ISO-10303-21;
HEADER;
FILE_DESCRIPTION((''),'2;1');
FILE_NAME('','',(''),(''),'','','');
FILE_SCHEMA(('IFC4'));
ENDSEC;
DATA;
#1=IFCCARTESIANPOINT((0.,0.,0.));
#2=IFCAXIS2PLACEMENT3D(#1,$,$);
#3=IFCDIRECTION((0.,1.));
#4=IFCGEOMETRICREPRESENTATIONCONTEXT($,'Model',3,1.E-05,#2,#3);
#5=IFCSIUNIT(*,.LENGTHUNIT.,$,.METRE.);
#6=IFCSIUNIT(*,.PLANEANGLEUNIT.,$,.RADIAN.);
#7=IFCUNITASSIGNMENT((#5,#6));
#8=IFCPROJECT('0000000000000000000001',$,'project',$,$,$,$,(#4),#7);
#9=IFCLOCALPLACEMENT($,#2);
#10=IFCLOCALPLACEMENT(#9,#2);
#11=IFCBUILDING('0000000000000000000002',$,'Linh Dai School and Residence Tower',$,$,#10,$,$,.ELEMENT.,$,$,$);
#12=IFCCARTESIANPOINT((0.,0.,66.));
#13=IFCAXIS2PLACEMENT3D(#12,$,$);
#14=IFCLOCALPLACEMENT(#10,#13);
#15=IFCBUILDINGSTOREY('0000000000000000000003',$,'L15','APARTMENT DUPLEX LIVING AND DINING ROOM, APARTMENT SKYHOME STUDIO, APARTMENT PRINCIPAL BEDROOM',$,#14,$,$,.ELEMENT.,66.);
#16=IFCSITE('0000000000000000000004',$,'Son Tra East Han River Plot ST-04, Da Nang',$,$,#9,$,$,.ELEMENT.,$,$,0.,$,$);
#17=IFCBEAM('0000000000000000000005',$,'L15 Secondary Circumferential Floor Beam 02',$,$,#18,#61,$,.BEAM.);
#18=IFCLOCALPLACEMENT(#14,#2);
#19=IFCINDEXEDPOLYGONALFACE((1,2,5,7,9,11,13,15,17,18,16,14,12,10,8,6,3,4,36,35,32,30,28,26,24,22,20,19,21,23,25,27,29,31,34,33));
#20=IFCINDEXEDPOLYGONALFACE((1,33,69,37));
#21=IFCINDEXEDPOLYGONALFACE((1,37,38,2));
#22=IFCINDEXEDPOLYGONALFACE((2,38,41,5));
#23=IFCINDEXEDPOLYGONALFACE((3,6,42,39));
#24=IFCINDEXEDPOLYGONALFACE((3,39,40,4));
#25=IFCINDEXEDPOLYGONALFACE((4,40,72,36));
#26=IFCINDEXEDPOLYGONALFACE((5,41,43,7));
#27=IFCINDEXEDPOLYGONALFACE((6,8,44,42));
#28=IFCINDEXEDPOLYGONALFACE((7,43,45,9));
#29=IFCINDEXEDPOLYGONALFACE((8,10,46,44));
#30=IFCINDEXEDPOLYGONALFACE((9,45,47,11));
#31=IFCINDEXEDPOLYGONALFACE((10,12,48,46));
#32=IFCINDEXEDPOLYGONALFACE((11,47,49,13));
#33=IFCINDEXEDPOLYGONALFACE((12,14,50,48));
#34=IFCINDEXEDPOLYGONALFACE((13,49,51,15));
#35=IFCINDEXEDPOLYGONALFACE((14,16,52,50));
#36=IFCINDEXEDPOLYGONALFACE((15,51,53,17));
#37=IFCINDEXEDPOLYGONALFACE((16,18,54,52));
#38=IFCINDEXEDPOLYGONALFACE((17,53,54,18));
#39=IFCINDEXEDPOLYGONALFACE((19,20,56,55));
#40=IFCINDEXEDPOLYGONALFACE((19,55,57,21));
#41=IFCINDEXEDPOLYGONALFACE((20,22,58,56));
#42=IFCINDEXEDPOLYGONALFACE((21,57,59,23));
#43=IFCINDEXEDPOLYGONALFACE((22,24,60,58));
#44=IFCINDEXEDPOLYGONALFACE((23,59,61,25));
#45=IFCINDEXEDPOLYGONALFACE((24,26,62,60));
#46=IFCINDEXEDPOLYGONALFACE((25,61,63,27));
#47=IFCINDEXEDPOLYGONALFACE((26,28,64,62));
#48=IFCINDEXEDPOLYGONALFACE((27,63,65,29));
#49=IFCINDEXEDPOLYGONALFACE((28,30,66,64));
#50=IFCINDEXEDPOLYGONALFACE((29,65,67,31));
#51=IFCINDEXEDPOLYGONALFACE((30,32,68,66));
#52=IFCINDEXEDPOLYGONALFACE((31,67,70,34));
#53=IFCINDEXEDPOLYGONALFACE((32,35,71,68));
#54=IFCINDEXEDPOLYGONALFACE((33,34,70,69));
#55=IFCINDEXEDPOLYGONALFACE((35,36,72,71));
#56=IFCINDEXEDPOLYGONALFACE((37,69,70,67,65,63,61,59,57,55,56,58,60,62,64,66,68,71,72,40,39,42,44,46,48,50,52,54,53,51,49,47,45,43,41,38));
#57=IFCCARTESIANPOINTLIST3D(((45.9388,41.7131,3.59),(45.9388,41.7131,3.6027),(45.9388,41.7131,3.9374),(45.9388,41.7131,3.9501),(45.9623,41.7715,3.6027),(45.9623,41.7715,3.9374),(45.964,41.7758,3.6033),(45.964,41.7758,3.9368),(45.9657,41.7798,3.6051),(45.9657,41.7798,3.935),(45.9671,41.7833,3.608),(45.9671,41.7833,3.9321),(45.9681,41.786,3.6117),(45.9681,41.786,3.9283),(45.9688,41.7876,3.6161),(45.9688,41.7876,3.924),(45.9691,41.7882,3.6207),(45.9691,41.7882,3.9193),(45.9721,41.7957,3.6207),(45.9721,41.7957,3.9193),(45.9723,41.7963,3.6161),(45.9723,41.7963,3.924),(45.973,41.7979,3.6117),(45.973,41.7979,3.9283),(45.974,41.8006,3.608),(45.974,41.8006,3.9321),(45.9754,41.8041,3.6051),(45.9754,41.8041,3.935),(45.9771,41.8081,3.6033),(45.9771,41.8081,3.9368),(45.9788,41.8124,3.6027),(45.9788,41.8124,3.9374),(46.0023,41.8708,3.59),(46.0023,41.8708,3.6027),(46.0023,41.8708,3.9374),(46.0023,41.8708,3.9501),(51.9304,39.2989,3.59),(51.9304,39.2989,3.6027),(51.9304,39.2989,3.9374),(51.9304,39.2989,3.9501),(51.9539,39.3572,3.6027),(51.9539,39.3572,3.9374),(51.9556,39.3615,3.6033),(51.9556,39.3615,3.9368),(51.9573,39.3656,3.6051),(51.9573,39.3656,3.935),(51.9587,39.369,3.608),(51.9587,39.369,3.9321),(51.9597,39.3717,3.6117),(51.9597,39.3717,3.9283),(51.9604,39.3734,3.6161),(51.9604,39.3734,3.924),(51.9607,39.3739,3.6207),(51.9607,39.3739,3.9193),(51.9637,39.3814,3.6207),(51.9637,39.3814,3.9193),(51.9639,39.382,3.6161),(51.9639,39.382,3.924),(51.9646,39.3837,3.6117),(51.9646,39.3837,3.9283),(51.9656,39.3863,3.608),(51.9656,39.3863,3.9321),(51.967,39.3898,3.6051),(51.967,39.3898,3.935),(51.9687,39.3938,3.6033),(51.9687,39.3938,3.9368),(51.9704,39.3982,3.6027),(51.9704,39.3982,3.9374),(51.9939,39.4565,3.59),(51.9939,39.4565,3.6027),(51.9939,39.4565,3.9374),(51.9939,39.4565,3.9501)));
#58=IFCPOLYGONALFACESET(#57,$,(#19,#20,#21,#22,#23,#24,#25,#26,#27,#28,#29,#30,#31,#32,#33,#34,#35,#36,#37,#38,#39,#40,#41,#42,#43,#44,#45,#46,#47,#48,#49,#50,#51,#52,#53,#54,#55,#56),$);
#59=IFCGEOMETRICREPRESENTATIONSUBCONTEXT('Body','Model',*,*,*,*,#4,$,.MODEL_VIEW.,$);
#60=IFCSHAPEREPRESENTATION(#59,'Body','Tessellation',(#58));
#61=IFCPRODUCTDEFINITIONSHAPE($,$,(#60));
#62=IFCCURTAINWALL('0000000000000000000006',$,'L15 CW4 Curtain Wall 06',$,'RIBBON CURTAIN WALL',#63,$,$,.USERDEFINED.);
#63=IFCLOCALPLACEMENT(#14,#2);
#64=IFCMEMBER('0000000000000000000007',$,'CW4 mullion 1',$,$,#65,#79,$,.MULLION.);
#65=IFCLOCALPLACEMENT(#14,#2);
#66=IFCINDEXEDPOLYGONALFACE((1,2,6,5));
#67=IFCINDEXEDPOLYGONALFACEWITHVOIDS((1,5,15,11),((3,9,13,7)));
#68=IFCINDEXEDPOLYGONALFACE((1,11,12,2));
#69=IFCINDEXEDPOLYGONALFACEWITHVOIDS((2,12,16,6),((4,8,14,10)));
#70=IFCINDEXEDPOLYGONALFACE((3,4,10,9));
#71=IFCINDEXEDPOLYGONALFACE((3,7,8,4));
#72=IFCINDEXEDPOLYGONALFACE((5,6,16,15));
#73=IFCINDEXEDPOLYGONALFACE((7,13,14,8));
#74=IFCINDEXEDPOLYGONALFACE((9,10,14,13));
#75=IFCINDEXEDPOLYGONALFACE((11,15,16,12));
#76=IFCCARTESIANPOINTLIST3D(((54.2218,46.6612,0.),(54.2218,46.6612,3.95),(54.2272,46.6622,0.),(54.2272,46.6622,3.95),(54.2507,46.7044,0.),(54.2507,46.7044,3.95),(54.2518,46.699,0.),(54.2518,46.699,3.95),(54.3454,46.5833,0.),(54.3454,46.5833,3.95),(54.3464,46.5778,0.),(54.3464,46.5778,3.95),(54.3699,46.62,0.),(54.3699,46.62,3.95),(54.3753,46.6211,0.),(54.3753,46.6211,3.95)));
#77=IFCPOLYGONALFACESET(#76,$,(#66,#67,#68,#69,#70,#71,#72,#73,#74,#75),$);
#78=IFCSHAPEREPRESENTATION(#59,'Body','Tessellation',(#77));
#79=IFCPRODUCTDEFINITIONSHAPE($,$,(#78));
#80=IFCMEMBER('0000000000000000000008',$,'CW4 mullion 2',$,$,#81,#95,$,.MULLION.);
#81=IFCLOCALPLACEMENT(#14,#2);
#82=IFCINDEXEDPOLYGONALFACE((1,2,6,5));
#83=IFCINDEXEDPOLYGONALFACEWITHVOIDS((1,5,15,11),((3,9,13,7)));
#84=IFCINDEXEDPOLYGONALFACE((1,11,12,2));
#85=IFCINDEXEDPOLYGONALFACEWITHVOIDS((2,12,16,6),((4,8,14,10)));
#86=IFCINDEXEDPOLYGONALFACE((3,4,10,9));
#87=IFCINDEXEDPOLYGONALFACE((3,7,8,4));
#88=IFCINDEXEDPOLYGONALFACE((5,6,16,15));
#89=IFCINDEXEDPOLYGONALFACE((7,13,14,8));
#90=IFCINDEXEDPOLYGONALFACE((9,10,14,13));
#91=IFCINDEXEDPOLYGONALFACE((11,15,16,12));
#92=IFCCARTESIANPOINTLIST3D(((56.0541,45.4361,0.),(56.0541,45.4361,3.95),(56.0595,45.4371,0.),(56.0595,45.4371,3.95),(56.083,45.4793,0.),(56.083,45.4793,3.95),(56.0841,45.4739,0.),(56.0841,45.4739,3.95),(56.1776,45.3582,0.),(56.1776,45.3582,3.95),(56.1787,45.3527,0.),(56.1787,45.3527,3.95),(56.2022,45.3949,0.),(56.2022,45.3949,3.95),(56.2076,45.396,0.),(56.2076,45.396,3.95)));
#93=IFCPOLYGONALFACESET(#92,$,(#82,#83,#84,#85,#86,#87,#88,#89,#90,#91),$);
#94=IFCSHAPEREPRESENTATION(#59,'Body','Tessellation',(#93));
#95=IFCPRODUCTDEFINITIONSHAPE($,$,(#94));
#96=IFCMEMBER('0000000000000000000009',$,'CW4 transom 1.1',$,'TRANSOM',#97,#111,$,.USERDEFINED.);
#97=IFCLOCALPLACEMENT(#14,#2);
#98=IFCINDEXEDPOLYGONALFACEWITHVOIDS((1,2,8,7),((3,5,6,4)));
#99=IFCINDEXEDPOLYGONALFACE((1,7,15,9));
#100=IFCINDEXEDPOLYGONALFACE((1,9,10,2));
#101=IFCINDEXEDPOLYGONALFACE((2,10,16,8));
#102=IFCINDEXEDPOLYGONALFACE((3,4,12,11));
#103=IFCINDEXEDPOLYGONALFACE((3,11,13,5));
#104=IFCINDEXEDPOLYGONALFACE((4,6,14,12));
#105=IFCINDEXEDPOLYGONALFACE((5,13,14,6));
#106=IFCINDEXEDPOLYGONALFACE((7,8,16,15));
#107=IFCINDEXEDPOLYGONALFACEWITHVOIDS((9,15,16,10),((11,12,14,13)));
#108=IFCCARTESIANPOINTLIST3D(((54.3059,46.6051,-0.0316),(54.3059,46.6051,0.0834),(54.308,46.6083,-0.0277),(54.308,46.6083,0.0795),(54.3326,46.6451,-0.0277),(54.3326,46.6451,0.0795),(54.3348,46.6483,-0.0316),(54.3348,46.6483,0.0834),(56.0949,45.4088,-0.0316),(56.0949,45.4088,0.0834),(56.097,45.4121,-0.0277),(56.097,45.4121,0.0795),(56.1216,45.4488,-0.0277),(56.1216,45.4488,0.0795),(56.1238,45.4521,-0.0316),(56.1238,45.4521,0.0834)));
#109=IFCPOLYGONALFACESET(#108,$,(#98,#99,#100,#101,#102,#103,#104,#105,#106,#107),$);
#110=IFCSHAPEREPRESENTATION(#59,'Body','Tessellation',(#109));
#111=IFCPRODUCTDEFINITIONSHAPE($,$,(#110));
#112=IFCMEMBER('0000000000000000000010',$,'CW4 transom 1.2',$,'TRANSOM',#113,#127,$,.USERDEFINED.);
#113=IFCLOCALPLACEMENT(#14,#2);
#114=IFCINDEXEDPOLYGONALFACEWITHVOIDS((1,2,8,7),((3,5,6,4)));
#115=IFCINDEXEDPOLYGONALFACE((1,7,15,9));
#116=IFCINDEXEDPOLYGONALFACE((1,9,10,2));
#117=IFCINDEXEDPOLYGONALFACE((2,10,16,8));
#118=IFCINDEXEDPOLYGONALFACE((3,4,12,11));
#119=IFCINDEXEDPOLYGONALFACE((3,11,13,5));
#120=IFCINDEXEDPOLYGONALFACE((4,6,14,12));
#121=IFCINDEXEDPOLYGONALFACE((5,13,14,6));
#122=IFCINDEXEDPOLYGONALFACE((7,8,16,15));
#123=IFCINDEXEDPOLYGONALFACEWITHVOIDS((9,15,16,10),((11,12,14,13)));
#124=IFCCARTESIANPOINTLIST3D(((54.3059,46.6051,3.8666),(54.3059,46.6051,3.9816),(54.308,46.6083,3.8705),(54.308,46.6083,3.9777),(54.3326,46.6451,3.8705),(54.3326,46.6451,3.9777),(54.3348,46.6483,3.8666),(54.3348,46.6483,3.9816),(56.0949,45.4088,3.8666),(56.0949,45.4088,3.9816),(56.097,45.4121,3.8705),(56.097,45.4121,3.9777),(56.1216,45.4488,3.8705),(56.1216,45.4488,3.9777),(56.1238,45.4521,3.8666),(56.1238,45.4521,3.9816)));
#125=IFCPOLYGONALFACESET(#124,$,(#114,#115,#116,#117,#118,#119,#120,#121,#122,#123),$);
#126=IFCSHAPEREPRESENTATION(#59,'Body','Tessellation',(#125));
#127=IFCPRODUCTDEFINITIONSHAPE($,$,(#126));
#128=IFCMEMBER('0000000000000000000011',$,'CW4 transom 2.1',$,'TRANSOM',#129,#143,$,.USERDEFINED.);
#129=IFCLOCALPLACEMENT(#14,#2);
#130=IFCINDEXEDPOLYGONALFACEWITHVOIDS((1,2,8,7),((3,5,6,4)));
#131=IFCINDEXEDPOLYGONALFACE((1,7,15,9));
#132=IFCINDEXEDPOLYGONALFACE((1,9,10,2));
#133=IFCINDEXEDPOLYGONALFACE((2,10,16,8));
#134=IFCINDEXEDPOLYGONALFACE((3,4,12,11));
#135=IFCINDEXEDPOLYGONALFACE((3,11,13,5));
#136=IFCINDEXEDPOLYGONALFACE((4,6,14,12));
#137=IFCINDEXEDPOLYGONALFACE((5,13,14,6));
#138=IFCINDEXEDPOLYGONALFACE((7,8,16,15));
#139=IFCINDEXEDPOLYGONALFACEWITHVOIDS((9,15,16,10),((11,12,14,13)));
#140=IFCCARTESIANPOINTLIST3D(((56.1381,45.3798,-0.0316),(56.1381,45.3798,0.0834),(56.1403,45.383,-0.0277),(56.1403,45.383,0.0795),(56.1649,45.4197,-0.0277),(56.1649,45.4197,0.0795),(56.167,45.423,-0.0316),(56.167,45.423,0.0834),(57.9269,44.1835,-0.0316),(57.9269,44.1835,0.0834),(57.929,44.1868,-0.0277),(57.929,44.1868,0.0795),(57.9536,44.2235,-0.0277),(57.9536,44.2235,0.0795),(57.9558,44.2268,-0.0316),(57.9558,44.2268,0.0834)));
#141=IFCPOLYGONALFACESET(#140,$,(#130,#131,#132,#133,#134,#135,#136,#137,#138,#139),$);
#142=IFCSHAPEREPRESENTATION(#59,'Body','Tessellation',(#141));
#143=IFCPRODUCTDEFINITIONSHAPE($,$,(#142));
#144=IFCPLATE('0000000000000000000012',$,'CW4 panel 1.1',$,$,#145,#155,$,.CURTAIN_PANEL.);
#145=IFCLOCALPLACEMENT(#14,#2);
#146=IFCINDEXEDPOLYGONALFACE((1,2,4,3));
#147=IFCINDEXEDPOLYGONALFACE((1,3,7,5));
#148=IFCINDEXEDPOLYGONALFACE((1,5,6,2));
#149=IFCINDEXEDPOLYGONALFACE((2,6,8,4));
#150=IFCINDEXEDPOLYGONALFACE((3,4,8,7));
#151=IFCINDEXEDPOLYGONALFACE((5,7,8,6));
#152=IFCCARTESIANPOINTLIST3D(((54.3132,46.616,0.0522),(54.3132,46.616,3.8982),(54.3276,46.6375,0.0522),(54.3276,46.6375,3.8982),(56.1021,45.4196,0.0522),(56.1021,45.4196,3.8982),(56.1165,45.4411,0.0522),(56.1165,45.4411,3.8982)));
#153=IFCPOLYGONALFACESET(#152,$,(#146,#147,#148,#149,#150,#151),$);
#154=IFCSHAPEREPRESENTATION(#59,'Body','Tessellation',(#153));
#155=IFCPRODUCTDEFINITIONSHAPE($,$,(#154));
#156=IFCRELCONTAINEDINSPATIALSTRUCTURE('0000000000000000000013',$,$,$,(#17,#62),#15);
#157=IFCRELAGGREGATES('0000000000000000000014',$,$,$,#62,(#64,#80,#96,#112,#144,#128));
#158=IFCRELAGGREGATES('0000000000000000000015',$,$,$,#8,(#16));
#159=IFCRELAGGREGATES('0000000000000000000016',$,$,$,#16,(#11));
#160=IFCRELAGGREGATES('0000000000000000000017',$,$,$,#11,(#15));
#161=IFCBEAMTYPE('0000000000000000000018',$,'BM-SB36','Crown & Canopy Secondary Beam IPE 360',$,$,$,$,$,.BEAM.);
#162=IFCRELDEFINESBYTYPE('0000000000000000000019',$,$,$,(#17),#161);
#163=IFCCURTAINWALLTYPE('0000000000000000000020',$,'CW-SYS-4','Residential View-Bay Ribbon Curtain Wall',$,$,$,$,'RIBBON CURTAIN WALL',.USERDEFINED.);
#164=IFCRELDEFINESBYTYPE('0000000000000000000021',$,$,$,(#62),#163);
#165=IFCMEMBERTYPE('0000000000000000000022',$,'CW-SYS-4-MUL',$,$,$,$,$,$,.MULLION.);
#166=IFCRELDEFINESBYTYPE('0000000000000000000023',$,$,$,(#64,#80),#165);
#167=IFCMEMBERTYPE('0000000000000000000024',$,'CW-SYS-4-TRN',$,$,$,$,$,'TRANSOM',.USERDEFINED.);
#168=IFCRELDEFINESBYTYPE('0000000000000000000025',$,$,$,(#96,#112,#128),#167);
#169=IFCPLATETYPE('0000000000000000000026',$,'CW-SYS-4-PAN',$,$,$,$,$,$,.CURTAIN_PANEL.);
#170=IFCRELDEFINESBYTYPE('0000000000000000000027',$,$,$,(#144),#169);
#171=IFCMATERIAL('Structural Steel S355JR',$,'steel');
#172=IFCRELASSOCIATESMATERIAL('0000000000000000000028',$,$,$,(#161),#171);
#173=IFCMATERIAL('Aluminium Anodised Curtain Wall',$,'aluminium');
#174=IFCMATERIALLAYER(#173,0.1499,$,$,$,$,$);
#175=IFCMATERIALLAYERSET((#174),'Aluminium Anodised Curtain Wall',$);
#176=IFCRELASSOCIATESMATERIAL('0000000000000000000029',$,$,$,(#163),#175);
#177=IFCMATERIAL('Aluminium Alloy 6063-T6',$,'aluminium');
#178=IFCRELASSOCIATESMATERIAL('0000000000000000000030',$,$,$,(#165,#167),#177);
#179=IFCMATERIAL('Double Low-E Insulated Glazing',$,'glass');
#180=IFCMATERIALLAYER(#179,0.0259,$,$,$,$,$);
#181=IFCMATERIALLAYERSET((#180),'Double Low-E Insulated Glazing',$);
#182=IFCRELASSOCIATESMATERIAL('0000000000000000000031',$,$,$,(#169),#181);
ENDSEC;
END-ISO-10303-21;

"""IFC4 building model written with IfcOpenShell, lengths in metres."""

from ifc_helpers import new_model, si_unit, direction, frame, origin, origin_2d, place, context, subcontext, project, spatial, rectangle, hollow_rectangle, i_section, extrude, source, transform, mapped, material, layer, layer_set, material_profile, profile_set, type_object, element, aggregate, save


model = new_model("IFC4")

# Units and contexts
model_context = context("Model", 3, precision=1e-05, world=origin(), true_north=direction((0.0, 1.0)))
body_context = subcontext(model_context, "Body", "Model", "MODEL_VIEW")
ifc_project = project(units=[si_unit("LENGTHUNIT", "METRE"), si_unit("PLANEANGLEUNIT", "RADIAN")], contexts=[model_context])

# Site, building, storey
site_placement = place(None, origin())
site = spatial("IfcSite", under=ifc_project, at=site_placement, Name="Son Tra East Han River Plot ST-04, Da Nang", CompositionType="ELEMENT", RefElevation=0.0)
building_placement = place(site_placement, origin())
building = spatial("IfcBuilding", under=site, at=building_placement, Name="Linh Dai School and Residence Tower", CompositionType="ELEMENT")
storey_placement = place(building_placement, frame((0.0, 0.0, 66.0)))
storey = spatial("IfcBuildingStorey", under=building, at=storey_placement, Name="L15", Description="APARTMENT DUPLEX LIVING AND DINING ROOM, APARTMENT SKYHOME STUDIO, APARTMENT PRINCIPAL BEDROOM", CompositionType="ELEMENT", Elevation=66.0)

# Shared definitions
ifc_material_1 = material(Name="Structural Steel S355JR", Category="steel")

# Beam
ifc_material_profile_1 = material_profile(ifc_material_1, i_section(OverallWidth=0.1699, OverallDepth=0.3601, WebThickness=0.0081, FlangeThickness=0.0127, FilletRadius=0.0181, at=origin_2d()), Name="IPE 360")
ifc_profile_set_1 = profile_set([ifc_material_profile_1], Name="Structural Steel S355JR")
beam_type_1 = type_object("IfcBeamType", Name="BM-SB36", Description="Crown & Canopy Secondary Beam IPE 360", PredefinedType="BEAM", material=ifc_profile_set_1)
beam_1_placement = place(storey_placement, frame((51.9622, 39.3777, 3.77), z_axis=(-0.927533, 0.373742, 0.0), x_axis=(-0.373742, -0.927533, 0.0)))
element("IfcBeam", 1, at=beam_1_placement, inside=storey, type_object=beam_type_1, Name="L15 Secondary Circumferential Floor Beam 02", PredefinedType="BEAM", context=body_context, shape_type="SweptSolid", body=[
    extrude(i_section(OverallWidth=0.1699, OverallDepth=0.3601, WebThickness=0.0081, FlangeThickness=0.0127, FilletRadius=0.0181, at=origin_2d()), origin(), (0.0, 0.0, 1.0), 6.4597),
])

# Curtain wall, members, plate
ifc_material_2 = material(Name="Aluminium Anodised Curtain Wall", Category="aluminium")
ifc_layer_1 = layer(ifc_material_2, 0.1499)
ifc_layer_set_1 = layer_set([ifc_layer_1], Name="Aluminium Anodised Curtain Wall")
curtain_wall_type = type_object("IfcCurtainWallType", Name="CW-SYS-4", Description="Residential View-Bay Ribbon Curtain Wall", ElementType="RIBBON CURTAIN WALL", PredefinedType="USERDEFINED", material=ifc_layer_set_1)
curtain_wall_placement = place(storey_placement, origin())
curtain_wall = element("IfcCurtainWall", 2, at=curtain_wall_placement, inside=storey, type_object=curtain_wall_type, Name="L15 CW4 Curtain Wall 06", ObjectType="RIBBON CURTAIN WALL", PredefinedType="USERDEFINED")
ifc_material_3 = material(Name="Aluminium Alloy 6063-T6", Category="aluminium")
ifc_material_profile_2 = material_profile(ifc_material_3, hollow_rectangle(XDim=0.052, YDim=0.1499, WallThickness=0.0039, at=origin_2d()), Name="RHS 150x52x4")
ifc_profile_set_2 = profile_set([ifc_material_profile_2], Name="Aluminium Alloy 6063-T6")
member_type_1 = type_object("IfcMemberType", Name="CW-SYS-4-MUL", PredefinedType="MULLION", material=ifc_profile_set_2)
shared_shape_1 = source(origin(), body_context, "Body", "SweptSolid", [
    extrude(hollow_rectangle(XDim=0.052, YDim=0.1499, WallThickness=0.0039, at=origin_2d()), origin(), (0.0, 0.0, 1.0), 3.95),
])
member_1_placement = place(storey_placement, frame((54.2986, 46.6411, 0.0), z_axis=(0.0, 0.0, 1.0), x_axis=(0.555898, 0.831251, 0.0)))
member_1 = element("IfcMember", 3, at=member_1_placement, type_object=member_type_1, Name="CW4 mullion 1", PredefinedType="MULLION", context=body_context, shape_type="MappedRepresentation", body=[
    mapped(shared_shape_1, transform((0.0, 0.0, 0.0), x_axis=(1.0, 0.0, 0.0), y_axis=(0.0, 1.0, 0.0), z_axis=(0.0, 0.0, 1.0), scale=1.0)),
])
member_2_placement = place(storey_placement, frame((56.1309, 45.416, 0.0), z_axis=(0.0, 0.0, 1.0), x_axis=(0.555898, 0.831251, 0.0)))
member_2 = element("IfcMember", 4, at=member_2_placement, type_object=member_type_1, Name="CW4 mullion 2", PredefinedType="MULLION", context=body_context, shape_type="MappedRepresentation", body=[
    mapped(shared_shape_1, transform((0.0, 0.0, 0.0), x_axis=(1.0, 0.0, 0.0), y_axis=(0.0, 1.0, 0.0), z_axis=(0.0, 0.0, 1.0), scale=1.0)),
])
ifc_material_profile_3 = material_profile(ifc_material_3, hollow_rectangle(XDim=0.052, YDim=0.115, WallThickness=0.0039, at=origin_2d()), Name="RHS 115x52x4")
ifc_profile_set_3 = profile_set([ifc_material_profile_3], Name="Aluminium Alloy 6063-T6")
member_type_2 = type_object("IfcMemberType", Name="CW-SYS-4-TRN", ElementType="TRANSOM", PredefinedType="USERDEFINED", material=ifc_profile_set_3)
shared_shape_2 = source(origin(), body_context, "Body", "SweptSolid", [
    extrude(hollow_rectangle(XDim=0.052, YDim=0.115, WallThickness=0.0039, at=origin_2d()), origin(), (0.0, 0.0, 1.0), 2.1521),
])
member_3_placement = place(storey_placement, frame((54.3203, 46.6267, 0.0259), z_axis=(0.831282, -0.555852, 0.0), x_axis=(0.555852, 0.831282, 0.0)))
member_3 = element("IfcMember", 5, at=member_3_placement, type_object=member_type_2, Name="CW4 transom 1.1", ObjectType="TRANSOM", PredefinedType="USERDEFINED", context=body_context, shape_type="MappedRepresentation", body=[
    mapped(shared_shape_2, transform((0.0, 0.0, 0.0), x_axis=(1.0, 0.0, 0.0), y_axis=(0.0, 1.0, 0.0), z_axis=(0.0, 0.0, 1.0), scale=1.0)),
])
member_4_placement = place(storey_placement, frame((54.3203, 46.6267, 3.9241), z_axis=(0.831282, -0.555852, 0.0), x_axis=(0.555852, 0.831282, 0.0)))
member_4 = element("IfcMember", 6, at=member_4_placement, type_object=member_type_2, Name="CW4 transom 1.2", ObjectType="TRANSOM", PredefinedType="USERDEFINED", context=body_context, shape_type="MappedRepresentation", body=[
    mapped(shared_shape_2, transform((0.0, 0.0, 0.0), x_axis=(1.0, 0.0, 0.0), y_axis=(0.0, 1.0, 0.0), z_axis=(0.0, 0.0, 1.0), scale=1.0)),
])
shared_shape_3 = source(origin(), body_context, "Body", "SweptSolid", [
    extrude(hollow_rectangle(XDim=0.052, YDim=0.115, WallThickness=0.0039, at=origin_2d()), origin(), (0.0, 0.0, 1.0), 2.1519),
])
member_5_placement = place(storey_placement, frame((56.1526, 45.4014, 0.0259), z_axis=(0.831247, -0.555904, 0.0), x_axis=(0.555904, 0.831247, 0.0)))
member_5 = element("IfcMember", 7, at=member_5_placement, type_object=member_type_2, Name="CW4 transom 2.1", ObjectType="TRANSOM", PredefinedType="USERDEFINED", context=body_context, shape_type="MappedRepresentation", body=[
    mapped(shared_shape_3, transform((0.0, 0.0, 0.0), x_axis=(1.0, 0.0, 0.0), y_axis=(0.0, 1.0, 0.0), z_axis=(0.0, 0.0, 1.0), scale=1.0)),
])
ifc_material_4 = material(Name="Double Low-E Insulated Glazing", Category="glass")
ifc_layer_2 = layer(ifc_material_4, 0.0259)
ifc_layer_set_2 = layer_set([ifc_layer_2], Name="Double Low-E Insulated Glazing")
plate_type = type_object("IfcPlateType", Name="CW-SYS-4-PAN", PredefinedType="CURTAIN_PANEL", material=ifc_layer_set_2)
shared_shape_4 = source(origin(), body_context, "Body", "SweptSolid", [
    extrude(rectangle(XDim=2.1521, YDim=0.0259, at=origin_2d()), origin(), (0.0, 0.0, 1.0), 3.8459),
])
plate_placement = place(storey_placement, frame((55.2148, 46.0286, 0.0522), z_axis=(0.0, 0.0, 1.0), x_axis=(0.831251, -0.555898, 0.0)))
plate = element("IfcPlate", 8, at=plate_placement, type_object=plate_type, Name="CW4 panel 1.1", PredefinedType="CURTAIN_PANEL", context=body_context, shape_type="MappedRepresentation", body=[
    mapped(shared_shape_4, transform((0.0, 0.0, 0.0), x_axis=(1.0, 0.0, 0.0), y_axis=(0.0, 1.0, 0.0), z_axis=(0.0, 0.0, 1.0), scale=1.0)),
])
aggregate(curtain_wall, [member_1, member_2, member_3, member_4, plate, member_5])

save(model, "model.ifc")
